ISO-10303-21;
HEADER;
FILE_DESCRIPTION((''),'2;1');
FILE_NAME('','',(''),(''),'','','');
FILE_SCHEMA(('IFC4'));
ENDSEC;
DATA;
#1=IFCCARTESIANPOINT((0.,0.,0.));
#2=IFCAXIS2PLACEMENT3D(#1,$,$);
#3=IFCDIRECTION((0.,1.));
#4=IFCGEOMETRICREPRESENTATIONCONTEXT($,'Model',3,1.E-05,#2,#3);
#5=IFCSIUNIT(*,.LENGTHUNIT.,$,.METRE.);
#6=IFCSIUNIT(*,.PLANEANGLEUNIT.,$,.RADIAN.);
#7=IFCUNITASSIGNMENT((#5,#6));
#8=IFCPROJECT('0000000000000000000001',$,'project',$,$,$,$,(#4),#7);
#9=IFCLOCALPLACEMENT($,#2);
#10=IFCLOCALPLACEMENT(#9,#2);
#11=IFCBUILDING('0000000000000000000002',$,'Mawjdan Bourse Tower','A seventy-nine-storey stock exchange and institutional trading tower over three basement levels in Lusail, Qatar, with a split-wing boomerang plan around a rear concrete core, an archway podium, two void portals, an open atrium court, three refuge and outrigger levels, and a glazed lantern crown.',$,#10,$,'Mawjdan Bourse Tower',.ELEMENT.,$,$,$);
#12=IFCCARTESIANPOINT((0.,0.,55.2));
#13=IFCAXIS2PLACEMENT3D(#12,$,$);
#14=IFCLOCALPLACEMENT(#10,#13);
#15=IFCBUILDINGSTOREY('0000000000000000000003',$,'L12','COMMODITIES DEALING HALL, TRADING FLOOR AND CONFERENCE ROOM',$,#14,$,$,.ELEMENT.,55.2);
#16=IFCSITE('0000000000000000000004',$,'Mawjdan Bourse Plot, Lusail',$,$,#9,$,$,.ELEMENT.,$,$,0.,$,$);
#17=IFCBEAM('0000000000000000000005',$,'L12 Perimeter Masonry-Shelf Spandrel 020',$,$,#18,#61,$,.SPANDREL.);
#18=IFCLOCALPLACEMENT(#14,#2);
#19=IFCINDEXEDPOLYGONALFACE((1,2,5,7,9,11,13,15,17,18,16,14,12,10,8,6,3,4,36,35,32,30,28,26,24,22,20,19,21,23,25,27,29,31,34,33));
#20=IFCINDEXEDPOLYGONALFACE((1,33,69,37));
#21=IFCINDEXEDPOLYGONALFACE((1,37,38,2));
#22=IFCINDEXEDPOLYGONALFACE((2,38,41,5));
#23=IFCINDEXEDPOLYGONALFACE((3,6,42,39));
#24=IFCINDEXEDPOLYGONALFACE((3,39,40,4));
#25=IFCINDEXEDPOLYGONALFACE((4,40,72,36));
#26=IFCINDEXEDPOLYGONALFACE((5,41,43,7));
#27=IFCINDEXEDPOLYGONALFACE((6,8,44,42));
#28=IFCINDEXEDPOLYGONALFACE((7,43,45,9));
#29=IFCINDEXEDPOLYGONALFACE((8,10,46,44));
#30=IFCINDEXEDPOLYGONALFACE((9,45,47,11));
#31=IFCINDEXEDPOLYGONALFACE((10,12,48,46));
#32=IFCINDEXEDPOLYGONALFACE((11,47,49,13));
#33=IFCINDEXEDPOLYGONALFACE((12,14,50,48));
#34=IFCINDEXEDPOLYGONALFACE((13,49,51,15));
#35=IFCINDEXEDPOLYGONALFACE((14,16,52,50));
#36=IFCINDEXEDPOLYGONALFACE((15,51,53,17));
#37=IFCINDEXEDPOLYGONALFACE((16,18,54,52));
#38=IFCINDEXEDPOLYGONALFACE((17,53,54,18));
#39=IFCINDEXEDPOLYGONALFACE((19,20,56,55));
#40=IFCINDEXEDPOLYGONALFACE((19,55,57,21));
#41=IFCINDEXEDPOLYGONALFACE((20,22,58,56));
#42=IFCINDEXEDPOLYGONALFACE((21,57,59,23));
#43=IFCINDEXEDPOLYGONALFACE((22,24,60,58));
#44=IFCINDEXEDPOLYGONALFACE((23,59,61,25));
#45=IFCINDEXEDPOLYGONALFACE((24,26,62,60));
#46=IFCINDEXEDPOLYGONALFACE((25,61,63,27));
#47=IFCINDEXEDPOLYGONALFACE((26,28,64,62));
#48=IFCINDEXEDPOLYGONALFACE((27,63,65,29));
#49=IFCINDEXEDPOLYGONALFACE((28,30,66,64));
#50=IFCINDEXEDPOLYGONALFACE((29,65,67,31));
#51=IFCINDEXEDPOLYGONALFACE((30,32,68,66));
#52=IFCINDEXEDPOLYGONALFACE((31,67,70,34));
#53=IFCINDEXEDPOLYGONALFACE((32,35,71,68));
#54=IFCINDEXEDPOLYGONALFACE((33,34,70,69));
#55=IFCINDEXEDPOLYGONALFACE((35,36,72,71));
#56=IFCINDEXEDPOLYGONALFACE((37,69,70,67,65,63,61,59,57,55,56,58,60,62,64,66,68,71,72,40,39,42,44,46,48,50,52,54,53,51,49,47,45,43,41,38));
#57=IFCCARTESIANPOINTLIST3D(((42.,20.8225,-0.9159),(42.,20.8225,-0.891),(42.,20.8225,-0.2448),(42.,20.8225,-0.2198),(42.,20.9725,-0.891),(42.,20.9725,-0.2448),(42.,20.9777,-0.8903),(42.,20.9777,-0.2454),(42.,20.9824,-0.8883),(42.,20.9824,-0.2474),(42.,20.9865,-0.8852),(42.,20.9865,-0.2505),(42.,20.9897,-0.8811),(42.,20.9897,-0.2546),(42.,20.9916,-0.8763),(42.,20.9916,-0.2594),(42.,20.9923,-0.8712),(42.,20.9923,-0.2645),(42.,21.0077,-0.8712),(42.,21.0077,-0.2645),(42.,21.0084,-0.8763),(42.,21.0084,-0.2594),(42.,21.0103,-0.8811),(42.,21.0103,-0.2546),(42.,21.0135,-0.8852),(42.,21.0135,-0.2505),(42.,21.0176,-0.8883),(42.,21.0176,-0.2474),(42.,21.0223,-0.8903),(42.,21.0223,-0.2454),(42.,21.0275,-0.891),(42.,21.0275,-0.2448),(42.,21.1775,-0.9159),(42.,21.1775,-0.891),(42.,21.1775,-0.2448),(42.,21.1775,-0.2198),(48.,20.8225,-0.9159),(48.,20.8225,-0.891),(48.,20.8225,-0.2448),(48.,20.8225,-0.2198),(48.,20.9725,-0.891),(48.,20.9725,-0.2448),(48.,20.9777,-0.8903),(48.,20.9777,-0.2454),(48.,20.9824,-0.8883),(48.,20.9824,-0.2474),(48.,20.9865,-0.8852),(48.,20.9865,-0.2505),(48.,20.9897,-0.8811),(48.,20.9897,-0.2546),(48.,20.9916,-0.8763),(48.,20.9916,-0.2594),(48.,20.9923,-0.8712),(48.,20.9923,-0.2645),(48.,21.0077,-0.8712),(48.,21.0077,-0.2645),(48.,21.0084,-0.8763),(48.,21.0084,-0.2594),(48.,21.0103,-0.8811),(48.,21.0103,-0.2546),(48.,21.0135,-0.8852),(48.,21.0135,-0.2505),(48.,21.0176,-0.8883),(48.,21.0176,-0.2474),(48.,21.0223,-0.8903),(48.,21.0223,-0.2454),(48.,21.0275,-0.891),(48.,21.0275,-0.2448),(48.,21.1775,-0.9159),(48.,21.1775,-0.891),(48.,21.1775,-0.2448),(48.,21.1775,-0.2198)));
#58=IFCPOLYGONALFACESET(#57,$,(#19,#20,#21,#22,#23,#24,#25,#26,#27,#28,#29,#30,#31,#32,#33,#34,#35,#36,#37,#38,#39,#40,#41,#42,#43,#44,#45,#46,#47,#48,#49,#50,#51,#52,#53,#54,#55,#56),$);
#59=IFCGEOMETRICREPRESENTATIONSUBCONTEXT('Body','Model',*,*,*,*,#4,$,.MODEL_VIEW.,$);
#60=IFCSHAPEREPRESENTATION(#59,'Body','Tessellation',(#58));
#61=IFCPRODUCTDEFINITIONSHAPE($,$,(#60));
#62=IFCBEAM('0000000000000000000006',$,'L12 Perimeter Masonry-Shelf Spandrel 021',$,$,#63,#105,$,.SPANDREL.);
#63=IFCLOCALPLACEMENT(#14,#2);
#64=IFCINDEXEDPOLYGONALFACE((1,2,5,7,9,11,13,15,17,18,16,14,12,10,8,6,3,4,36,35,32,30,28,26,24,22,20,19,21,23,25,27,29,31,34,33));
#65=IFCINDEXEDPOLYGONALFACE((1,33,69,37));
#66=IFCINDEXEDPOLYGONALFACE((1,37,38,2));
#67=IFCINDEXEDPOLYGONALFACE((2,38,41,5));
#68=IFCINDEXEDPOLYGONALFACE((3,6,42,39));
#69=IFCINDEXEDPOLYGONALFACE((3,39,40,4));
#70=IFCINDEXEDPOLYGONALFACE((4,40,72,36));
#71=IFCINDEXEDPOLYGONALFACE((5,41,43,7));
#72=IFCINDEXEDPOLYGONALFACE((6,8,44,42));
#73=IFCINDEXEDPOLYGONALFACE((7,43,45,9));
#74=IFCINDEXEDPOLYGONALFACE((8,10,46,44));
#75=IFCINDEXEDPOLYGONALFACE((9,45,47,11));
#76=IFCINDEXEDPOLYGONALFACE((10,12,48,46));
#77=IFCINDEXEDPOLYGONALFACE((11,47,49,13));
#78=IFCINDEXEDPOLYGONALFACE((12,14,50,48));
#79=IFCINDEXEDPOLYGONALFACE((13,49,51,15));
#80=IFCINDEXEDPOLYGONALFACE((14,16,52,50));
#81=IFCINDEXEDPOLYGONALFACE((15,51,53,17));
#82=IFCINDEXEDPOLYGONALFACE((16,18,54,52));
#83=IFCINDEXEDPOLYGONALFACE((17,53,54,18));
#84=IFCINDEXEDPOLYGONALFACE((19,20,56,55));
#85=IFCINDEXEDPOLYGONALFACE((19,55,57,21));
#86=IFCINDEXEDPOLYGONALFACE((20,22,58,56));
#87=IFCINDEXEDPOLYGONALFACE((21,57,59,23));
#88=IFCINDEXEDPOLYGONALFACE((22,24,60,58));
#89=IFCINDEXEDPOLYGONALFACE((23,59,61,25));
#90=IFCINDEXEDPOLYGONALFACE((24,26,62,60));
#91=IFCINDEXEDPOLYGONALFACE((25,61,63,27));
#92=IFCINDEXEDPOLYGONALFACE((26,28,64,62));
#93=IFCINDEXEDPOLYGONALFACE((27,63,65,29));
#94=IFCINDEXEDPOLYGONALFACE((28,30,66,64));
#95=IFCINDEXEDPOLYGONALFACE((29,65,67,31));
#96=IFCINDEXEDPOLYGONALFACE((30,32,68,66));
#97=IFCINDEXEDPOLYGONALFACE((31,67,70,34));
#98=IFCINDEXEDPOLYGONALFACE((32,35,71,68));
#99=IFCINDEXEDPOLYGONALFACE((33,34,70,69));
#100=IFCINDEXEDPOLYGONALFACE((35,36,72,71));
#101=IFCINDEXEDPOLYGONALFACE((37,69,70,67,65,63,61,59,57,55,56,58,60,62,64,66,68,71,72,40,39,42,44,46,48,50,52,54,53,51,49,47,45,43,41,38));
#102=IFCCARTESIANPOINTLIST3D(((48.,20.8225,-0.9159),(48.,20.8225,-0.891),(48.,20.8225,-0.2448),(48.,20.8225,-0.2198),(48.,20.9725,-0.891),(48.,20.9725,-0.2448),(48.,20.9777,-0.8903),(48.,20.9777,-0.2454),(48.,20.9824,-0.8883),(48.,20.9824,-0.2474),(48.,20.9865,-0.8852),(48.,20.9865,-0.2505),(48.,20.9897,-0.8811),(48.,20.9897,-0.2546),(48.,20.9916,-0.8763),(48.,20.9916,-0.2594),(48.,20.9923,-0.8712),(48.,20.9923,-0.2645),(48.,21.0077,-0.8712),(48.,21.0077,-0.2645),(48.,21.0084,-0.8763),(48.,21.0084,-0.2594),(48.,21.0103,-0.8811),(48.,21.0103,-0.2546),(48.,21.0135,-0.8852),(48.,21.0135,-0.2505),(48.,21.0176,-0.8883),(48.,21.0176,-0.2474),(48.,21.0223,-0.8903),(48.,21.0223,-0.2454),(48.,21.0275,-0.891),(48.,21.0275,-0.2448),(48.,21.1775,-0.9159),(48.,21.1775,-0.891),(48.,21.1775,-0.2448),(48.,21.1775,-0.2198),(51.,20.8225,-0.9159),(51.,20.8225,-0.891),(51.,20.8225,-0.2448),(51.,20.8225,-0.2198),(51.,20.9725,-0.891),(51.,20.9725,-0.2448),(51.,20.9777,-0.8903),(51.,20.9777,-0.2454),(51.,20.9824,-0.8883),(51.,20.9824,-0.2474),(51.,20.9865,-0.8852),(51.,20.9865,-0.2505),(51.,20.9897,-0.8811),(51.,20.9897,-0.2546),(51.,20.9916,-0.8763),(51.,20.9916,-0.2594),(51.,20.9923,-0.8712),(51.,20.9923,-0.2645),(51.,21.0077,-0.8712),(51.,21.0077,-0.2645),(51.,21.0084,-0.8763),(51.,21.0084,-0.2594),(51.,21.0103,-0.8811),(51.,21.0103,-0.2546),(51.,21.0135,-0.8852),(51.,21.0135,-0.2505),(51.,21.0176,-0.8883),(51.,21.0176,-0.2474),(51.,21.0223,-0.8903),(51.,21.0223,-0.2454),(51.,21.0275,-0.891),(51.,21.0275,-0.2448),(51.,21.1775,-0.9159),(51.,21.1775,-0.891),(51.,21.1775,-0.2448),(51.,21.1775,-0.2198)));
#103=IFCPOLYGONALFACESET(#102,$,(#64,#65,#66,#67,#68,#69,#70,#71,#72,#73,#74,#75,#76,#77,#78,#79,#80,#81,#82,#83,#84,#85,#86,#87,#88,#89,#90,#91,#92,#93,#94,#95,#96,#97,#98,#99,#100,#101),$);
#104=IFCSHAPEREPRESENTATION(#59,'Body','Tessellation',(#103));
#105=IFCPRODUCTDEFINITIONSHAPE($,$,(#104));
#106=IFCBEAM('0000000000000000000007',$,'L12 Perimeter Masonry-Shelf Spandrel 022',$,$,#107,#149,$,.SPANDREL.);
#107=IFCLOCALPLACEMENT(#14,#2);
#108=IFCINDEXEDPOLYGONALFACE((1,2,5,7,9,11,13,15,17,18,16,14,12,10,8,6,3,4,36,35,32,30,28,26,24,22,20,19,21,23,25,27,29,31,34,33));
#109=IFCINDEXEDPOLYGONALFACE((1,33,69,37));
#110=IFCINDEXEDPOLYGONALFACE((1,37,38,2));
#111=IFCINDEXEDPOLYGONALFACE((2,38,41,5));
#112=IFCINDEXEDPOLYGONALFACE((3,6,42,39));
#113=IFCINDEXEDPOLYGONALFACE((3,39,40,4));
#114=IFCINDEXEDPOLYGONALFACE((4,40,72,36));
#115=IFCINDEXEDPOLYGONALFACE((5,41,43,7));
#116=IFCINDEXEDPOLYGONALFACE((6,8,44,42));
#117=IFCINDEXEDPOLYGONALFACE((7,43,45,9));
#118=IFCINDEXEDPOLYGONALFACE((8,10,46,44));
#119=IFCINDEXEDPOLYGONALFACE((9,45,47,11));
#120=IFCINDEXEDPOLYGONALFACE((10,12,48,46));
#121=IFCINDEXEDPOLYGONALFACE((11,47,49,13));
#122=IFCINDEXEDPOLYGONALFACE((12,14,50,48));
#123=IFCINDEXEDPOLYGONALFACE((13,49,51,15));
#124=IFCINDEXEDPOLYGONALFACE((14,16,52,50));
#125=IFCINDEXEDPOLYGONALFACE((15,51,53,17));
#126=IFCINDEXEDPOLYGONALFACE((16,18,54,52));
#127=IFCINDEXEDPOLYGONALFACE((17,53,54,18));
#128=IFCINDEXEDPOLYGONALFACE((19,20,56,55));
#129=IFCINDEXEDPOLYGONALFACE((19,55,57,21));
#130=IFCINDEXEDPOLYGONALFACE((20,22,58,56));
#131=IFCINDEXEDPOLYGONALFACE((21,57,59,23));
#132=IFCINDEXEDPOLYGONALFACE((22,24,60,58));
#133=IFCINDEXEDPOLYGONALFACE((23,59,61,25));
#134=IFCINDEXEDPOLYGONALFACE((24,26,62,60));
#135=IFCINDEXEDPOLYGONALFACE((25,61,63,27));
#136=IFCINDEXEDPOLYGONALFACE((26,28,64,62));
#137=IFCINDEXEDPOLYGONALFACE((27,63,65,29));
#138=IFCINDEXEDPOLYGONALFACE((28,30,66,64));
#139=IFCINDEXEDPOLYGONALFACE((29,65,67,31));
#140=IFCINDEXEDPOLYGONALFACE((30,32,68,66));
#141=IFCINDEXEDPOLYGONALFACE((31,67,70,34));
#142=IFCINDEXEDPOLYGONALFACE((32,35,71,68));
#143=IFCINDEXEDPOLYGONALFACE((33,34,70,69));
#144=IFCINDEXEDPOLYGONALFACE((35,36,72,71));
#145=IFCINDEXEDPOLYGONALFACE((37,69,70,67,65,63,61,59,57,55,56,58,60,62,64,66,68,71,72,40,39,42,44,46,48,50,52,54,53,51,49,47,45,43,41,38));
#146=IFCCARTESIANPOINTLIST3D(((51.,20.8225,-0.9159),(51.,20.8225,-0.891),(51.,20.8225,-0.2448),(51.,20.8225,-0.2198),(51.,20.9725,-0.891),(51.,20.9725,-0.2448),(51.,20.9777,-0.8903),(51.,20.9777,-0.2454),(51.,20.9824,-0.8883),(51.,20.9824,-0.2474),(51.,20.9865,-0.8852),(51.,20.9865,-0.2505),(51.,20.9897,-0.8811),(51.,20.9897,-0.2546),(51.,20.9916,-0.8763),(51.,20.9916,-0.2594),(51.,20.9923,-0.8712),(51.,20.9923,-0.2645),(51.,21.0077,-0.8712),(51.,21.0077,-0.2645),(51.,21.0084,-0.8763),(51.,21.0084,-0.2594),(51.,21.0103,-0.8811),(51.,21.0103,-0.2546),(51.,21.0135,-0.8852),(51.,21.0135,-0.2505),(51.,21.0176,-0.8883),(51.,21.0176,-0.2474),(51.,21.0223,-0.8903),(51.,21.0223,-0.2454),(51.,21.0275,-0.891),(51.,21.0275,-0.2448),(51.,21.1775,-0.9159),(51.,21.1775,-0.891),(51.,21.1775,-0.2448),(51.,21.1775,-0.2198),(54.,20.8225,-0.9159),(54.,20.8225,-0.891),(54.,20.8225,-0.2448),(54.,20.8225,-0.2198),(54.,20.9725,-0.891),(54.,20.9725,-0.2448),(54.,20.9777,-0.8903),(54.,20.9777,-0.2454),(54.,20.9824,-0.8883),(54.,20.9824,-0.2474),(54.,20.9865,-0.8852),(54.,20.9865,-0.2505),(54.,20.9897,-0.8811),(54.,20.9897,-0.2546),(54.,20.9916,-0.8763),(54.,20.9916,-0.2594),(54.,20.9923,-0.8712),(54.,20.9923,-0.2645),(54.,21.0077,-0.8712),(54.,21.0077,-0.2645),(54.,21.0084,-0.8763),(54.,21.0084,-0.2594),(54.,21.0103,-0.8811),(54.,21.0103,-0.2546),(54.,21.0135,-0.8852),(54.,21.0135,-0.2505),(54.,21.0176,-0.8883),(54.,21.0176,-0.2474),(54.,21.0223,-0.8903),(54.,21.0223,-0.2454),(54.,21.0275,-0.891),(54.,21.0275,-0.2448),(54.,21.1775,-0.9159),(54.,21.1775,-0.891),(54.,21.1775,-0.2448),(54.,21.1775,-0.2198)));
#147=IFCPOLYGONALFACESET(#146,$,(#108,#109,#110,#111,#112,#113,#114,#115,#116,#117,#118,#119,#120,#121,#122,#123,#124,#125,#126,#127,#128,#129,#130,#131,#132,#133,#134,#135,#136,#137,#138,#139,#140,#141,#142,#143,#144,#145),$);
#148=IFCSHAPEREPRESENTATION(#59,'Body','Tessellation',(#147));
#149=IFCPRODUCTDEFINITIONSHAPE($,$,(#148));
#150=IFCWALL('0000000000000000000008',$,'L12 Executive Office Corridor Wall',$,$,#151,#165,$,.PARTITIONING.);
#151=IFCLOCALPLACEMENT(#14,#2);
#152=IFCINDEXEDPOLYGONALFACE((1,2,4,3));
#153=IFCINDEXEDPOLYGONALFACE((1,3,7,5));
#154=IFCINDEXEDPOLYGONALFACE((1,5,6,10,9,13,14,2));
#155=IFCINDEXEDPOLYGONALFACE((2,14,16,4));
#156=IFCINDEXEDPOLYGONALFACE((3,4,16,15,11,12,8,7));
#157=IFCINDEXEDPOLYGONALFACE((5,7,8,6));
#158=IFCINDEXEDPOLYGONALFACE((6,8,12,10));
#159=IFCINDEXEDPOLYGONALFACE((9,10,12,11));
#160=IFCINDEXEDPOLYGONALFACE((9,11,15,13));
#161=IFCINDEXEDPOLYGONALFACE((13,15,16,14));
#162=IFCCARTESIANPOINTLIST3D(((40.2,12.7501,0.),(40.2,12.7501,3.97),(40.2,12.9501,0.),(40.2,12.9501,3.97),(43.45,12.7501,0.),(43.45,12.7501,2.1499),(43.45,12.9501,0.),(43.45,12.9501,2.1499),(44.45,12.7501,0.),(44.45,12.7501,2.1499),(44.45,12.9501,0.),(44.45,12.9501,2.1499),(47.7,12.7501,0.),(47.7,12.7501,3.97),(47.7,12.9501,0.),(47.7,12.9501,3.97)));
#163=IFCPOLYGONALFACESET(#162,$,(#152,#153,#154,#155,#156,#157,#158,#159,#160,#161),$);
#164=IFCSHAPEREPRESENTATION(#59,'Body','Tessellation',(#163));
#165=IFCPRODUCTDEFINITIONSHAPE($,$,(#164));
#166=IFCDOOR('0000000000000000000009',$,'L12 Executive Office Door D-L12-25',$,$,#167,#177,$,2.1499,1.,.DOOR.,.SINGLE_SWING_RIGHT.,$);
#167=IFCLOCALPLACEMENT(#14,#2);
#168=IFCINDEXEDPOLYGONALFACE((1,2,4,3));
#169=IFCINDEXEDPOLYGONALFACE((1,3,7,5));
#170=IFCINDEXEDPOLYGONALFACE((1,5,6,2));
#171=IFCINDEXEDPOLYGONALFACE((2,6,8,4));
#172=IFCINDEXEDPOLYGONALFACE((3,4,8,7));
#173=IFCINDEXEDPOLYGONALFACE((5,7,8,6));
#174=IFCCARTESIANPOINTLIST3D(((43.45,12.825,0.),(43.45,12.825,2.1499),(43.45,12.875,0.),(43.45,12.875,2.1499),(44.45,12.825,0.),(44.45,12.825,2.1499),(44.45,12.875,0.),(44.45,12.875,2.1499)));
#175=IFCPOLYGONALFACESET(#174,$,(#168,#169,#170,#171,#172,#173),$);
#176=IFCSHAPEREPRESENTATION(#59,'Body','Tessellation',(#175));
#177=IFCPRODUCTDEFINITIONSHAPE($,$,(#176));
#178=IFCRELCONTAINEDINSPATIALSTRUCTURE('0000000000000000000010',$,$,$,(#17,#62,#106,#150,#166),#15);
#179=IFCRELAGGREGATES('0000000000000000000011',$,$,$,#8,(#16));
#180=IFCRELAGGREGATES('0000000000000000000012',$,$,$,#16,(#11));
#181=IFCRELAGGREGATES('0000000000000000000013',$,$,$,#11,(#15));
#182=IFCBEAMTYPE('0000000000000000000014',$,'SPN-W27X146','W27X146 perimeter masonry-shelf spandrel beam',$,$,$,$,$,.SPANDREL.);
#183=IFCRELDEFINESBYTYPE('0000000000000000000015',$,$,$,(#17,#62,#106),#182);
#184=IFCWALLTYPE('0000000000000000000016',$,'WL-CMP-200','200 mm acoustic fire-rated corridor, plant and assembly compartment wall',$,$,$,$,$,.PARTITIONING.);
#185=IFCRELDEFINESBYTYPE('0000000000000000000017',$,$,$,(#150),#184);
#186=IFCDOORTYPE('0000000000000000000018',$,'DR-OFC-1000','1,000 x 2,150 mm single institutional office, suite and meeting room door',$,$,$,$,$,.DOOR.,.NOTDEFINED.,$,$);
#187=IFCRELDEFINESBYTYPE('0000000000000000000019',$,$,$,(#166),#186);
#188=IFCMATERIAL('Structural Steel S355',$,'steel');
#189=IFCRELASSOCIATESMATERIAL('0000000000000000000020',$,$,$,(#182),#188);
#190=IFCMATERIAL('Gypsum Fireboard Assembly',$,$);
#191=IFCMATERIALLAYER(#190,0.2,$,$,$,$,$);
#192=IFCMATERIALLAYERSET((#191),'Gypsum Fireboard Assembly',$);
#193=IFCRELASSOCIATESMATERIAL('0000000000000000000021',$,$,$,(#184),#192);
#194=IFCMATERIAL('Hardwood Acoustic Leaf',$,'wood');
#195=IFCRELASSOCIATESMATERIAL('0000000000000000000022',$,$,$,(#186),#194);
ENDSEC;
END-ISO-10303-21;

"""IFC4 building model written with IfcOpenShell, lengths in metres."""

from ifc_helpers import new_model, si_unit, direction, frame, frame_2d, origin, origin_2d, place, context, subcontext, project, spatial, rectangle, i_section, extrude, material, layer, layer_set, material_profile, profile_set, type_object, element, fill, save


model = new_model("IFC4")

# Units and contexts
model_context = context("Model", 3, precision=1e-05, world=origin(), true_north=direction((0.0, 1.0)))
body_context = subcontext(model_context, "Body", "Model", "MODEL_VIEW")
ifc_project = project(units=[si_unit("LENGTHUNIT", "METRE"), si_unit("PLANEANGLEUNIT", "RADIAN")], contexts=[model_context])

# Site, building, storey
site_placement = place(None, origin())
site = spatial("IfcSite", under=ifc_project, at=site_placement, Name="Mawjdan Bourse Plot, Lusail", CompositionType="ELEMENT", RefElevation=0.0)
building_placement = place(site_placement, origin())
building = spatial("IfcBuilding", under=site, at=building_placement, Name="Mawjdan Bourse Tower", Description="A seventy-nine-storey stock exchange and institutional trading tower over three basement levels in Lusail, Qatar, with a split-wing boomerang plan around a rear concrete core, an archway podium, two void portals, an open atrium court, three refuge and outrigger levels, and a glazed lantern crown.", LongName="Mawjdan Bourse Tower", CompositionType="ELEMENT")
storey_placement = place(building_placement, frame((0.0, 0.0, 55.2)))
storey = spatial("IfcBuildingStorey", under=building, at=storey_placement, Name="L12", Description="COMMODITIES DEALING HALL, TRADING FLOOR AND CONFERENCE ROOM", CompositionType="ELEMENT", Elevation=55.2)

# Beams
ifc_material_1 = material(Name="Structural Steel S355", Category="steel")
ifc_material_profile_1 = material_profile(ifc_material_1, i_section(OverallWidth=0.355, OverallDepth=0.696, WebThickness=0.0154, FlangeThickness=0.0249, FilletRadius=0.0198, at=origin_2d()), Name="W27X146")
ifc_profile_set_1 = profile_set([ifc_material_profile_1], Name="Structural Steel S355")
beam_type_1 = type_object("IfcBeamType", Name="SPN-W27X146", Description="W27X146 perimeter masonry-shelf spandrel beam", PredefinedType="SPANDREL", material=ifc_profile_set_1)
beam_1_placement = place(storey_placement, frame((42.0, 21.0, -0.5679), z_axis=(1.0, 0.0, 0.0), x_axis=(0.0, 1.0, 0.0)))
element("IfcBeam", 1, at=beam_1_placement, inside=storey, type_object=beam_type_1, Name="L12 Perimeter Masonry-Shelf Spandrel 020", PredefinedType="SPANDREL", context=body_context, shape_type="SweptSolid", body=[
    extrude(i_section(OverallWidth=0.355, OverallDepth=0.696, WebThickness=0.0154, FlangeThickness=0.0249, FilletRadius=0.0198, at=origin_2d()), origin(), (0.0, 0.0, 1.0), 6.0),
])
for number, where, z_axis, x_axis, name in (
    (2, (48.0, 21.0, -0.5679), (1.0, 0.0, 0.0), (0.0, 1.0, 0.0), "L12 Perimeter Masonry-Shelf Spandrel 021"),
    (3, (51.0, 21.0, -0.5679), (1.0, 0.0, 0.0), (0.0, 1.0, 0.0), "L12 Perimeter Masonry-Shelf Spandrel 022"),
):
    element("IfcBeam", number, at=place(storey_placement, frame(where, z_axis=z_axis, x_axis=x_axis)), inside=storey, type_object=beam_type_1, Name=name, PredefinedType="SPANDREL", context=body_context, shape_type="SweptSolid", body=[
        extrude(i_section(OverallWidth=0.355, OverallDepth=0.696, WebThickness=0.0154, FlangeThickness=0.0249, FilletRadius=0.0198, at=origin_2d()), origin(), (0.0, 0.0, 1.0), 3.0),
    ])

# Wall, opening, door
ifc_material_2 = material(Name="Gypsum Fireboard Assembly")
ifc_layer_1 = layer(ifc_material_2, 0.2)
ifc_layer_set_1 = layer_set([ifc_layer_1], Name="Gypsum Fireboard Assembly")
wall_type_1 = type_object("IfcWallType", Name="WL-CMP-200", Description="200 mm acoustic fire-rated corridor, plant and assembly compartment wall", PredefinedType="PARTITIONING", material=ifc_layer_set_1)
wall_1_placement = place(storey_placement, frame((40.2, 12.8501, 0.0), z_axis=(0.0, 0.0, 1.0), x_axis=(1.0, 0.0, 0.0)))
wall_1 = element("IfcWall", 4, at=wall_1_placement, inside=storey, type_object=wall_type_1, Name="L12 Executive Office Corridor Wall", PredefinedType="PARTITIONING", context=body_context, shape_type="SweptSolid", body=[
    extrude(rectangle(XDim=7.5, YDim=0.2, at=frame_2d((3.75, 0.0))), origin(), (0.0, 0.0, 1.0), 3.97),
])
opening_1_placement = place(wall_1_placement, frame((3.25, 0.0, 0.0)))
opening_1 = element("IfcOpeningElement", 5, at=opening_1_placement, cuts=wall_1, PredefinedType="OPENING", context=body_context, shape_type="SweptSolid", body=[
    extrude(rectangle(XDim=1.0, YDim=2.1499, at=frame_2d((0.5, 1.075))), frame((0.0, 0.1099, 0.0), z_axis=(0.0, -1.0, 0.0), x_axis=(1.0, 0.0, 0.0)), (0.0, 0.0, 1.0), 0.22),
])
ifc_material_3 = material(Name="Hardwood Acoustic Leaf", Category="wood")
door_type = type_object("IfcDoorType", Name="DR-OFC-1000", Description="1,000 x 2,150 mm single institutional office, suite and meeting room door", OperationType="NOTDEFINED", PredefinedType="DOOR", material=ifc_material_3)
door_1_placement = place(opening_1_placement, origin())
door_1 = element("IfcDoor", 6, at=door_1_placement, inside=storey, type_object=door_type, Name="L12 Executive Office Door D-L12-25", OperationType="SINGLE_SWING_RIGHT", OverallHeight=2.1499, OverallWidth=1.0, PredefinedType="DOOR", context=body_context, shape_type="SweptSolid", body=[
    extrude(rectangle(XDim=1.0, YDim=2.1499, at=frame_2d((0.5, 1.075))), frame((0.0, 0.0249, 0.0), z_axis=(0.0, -1.0, 0.0), x_axis=(1.0, 0.0, 0.0)), (0.0, 0.0, 1.0), 0.05),
])
fill(opening_1, door_1)

save(model, "model.ifc")
